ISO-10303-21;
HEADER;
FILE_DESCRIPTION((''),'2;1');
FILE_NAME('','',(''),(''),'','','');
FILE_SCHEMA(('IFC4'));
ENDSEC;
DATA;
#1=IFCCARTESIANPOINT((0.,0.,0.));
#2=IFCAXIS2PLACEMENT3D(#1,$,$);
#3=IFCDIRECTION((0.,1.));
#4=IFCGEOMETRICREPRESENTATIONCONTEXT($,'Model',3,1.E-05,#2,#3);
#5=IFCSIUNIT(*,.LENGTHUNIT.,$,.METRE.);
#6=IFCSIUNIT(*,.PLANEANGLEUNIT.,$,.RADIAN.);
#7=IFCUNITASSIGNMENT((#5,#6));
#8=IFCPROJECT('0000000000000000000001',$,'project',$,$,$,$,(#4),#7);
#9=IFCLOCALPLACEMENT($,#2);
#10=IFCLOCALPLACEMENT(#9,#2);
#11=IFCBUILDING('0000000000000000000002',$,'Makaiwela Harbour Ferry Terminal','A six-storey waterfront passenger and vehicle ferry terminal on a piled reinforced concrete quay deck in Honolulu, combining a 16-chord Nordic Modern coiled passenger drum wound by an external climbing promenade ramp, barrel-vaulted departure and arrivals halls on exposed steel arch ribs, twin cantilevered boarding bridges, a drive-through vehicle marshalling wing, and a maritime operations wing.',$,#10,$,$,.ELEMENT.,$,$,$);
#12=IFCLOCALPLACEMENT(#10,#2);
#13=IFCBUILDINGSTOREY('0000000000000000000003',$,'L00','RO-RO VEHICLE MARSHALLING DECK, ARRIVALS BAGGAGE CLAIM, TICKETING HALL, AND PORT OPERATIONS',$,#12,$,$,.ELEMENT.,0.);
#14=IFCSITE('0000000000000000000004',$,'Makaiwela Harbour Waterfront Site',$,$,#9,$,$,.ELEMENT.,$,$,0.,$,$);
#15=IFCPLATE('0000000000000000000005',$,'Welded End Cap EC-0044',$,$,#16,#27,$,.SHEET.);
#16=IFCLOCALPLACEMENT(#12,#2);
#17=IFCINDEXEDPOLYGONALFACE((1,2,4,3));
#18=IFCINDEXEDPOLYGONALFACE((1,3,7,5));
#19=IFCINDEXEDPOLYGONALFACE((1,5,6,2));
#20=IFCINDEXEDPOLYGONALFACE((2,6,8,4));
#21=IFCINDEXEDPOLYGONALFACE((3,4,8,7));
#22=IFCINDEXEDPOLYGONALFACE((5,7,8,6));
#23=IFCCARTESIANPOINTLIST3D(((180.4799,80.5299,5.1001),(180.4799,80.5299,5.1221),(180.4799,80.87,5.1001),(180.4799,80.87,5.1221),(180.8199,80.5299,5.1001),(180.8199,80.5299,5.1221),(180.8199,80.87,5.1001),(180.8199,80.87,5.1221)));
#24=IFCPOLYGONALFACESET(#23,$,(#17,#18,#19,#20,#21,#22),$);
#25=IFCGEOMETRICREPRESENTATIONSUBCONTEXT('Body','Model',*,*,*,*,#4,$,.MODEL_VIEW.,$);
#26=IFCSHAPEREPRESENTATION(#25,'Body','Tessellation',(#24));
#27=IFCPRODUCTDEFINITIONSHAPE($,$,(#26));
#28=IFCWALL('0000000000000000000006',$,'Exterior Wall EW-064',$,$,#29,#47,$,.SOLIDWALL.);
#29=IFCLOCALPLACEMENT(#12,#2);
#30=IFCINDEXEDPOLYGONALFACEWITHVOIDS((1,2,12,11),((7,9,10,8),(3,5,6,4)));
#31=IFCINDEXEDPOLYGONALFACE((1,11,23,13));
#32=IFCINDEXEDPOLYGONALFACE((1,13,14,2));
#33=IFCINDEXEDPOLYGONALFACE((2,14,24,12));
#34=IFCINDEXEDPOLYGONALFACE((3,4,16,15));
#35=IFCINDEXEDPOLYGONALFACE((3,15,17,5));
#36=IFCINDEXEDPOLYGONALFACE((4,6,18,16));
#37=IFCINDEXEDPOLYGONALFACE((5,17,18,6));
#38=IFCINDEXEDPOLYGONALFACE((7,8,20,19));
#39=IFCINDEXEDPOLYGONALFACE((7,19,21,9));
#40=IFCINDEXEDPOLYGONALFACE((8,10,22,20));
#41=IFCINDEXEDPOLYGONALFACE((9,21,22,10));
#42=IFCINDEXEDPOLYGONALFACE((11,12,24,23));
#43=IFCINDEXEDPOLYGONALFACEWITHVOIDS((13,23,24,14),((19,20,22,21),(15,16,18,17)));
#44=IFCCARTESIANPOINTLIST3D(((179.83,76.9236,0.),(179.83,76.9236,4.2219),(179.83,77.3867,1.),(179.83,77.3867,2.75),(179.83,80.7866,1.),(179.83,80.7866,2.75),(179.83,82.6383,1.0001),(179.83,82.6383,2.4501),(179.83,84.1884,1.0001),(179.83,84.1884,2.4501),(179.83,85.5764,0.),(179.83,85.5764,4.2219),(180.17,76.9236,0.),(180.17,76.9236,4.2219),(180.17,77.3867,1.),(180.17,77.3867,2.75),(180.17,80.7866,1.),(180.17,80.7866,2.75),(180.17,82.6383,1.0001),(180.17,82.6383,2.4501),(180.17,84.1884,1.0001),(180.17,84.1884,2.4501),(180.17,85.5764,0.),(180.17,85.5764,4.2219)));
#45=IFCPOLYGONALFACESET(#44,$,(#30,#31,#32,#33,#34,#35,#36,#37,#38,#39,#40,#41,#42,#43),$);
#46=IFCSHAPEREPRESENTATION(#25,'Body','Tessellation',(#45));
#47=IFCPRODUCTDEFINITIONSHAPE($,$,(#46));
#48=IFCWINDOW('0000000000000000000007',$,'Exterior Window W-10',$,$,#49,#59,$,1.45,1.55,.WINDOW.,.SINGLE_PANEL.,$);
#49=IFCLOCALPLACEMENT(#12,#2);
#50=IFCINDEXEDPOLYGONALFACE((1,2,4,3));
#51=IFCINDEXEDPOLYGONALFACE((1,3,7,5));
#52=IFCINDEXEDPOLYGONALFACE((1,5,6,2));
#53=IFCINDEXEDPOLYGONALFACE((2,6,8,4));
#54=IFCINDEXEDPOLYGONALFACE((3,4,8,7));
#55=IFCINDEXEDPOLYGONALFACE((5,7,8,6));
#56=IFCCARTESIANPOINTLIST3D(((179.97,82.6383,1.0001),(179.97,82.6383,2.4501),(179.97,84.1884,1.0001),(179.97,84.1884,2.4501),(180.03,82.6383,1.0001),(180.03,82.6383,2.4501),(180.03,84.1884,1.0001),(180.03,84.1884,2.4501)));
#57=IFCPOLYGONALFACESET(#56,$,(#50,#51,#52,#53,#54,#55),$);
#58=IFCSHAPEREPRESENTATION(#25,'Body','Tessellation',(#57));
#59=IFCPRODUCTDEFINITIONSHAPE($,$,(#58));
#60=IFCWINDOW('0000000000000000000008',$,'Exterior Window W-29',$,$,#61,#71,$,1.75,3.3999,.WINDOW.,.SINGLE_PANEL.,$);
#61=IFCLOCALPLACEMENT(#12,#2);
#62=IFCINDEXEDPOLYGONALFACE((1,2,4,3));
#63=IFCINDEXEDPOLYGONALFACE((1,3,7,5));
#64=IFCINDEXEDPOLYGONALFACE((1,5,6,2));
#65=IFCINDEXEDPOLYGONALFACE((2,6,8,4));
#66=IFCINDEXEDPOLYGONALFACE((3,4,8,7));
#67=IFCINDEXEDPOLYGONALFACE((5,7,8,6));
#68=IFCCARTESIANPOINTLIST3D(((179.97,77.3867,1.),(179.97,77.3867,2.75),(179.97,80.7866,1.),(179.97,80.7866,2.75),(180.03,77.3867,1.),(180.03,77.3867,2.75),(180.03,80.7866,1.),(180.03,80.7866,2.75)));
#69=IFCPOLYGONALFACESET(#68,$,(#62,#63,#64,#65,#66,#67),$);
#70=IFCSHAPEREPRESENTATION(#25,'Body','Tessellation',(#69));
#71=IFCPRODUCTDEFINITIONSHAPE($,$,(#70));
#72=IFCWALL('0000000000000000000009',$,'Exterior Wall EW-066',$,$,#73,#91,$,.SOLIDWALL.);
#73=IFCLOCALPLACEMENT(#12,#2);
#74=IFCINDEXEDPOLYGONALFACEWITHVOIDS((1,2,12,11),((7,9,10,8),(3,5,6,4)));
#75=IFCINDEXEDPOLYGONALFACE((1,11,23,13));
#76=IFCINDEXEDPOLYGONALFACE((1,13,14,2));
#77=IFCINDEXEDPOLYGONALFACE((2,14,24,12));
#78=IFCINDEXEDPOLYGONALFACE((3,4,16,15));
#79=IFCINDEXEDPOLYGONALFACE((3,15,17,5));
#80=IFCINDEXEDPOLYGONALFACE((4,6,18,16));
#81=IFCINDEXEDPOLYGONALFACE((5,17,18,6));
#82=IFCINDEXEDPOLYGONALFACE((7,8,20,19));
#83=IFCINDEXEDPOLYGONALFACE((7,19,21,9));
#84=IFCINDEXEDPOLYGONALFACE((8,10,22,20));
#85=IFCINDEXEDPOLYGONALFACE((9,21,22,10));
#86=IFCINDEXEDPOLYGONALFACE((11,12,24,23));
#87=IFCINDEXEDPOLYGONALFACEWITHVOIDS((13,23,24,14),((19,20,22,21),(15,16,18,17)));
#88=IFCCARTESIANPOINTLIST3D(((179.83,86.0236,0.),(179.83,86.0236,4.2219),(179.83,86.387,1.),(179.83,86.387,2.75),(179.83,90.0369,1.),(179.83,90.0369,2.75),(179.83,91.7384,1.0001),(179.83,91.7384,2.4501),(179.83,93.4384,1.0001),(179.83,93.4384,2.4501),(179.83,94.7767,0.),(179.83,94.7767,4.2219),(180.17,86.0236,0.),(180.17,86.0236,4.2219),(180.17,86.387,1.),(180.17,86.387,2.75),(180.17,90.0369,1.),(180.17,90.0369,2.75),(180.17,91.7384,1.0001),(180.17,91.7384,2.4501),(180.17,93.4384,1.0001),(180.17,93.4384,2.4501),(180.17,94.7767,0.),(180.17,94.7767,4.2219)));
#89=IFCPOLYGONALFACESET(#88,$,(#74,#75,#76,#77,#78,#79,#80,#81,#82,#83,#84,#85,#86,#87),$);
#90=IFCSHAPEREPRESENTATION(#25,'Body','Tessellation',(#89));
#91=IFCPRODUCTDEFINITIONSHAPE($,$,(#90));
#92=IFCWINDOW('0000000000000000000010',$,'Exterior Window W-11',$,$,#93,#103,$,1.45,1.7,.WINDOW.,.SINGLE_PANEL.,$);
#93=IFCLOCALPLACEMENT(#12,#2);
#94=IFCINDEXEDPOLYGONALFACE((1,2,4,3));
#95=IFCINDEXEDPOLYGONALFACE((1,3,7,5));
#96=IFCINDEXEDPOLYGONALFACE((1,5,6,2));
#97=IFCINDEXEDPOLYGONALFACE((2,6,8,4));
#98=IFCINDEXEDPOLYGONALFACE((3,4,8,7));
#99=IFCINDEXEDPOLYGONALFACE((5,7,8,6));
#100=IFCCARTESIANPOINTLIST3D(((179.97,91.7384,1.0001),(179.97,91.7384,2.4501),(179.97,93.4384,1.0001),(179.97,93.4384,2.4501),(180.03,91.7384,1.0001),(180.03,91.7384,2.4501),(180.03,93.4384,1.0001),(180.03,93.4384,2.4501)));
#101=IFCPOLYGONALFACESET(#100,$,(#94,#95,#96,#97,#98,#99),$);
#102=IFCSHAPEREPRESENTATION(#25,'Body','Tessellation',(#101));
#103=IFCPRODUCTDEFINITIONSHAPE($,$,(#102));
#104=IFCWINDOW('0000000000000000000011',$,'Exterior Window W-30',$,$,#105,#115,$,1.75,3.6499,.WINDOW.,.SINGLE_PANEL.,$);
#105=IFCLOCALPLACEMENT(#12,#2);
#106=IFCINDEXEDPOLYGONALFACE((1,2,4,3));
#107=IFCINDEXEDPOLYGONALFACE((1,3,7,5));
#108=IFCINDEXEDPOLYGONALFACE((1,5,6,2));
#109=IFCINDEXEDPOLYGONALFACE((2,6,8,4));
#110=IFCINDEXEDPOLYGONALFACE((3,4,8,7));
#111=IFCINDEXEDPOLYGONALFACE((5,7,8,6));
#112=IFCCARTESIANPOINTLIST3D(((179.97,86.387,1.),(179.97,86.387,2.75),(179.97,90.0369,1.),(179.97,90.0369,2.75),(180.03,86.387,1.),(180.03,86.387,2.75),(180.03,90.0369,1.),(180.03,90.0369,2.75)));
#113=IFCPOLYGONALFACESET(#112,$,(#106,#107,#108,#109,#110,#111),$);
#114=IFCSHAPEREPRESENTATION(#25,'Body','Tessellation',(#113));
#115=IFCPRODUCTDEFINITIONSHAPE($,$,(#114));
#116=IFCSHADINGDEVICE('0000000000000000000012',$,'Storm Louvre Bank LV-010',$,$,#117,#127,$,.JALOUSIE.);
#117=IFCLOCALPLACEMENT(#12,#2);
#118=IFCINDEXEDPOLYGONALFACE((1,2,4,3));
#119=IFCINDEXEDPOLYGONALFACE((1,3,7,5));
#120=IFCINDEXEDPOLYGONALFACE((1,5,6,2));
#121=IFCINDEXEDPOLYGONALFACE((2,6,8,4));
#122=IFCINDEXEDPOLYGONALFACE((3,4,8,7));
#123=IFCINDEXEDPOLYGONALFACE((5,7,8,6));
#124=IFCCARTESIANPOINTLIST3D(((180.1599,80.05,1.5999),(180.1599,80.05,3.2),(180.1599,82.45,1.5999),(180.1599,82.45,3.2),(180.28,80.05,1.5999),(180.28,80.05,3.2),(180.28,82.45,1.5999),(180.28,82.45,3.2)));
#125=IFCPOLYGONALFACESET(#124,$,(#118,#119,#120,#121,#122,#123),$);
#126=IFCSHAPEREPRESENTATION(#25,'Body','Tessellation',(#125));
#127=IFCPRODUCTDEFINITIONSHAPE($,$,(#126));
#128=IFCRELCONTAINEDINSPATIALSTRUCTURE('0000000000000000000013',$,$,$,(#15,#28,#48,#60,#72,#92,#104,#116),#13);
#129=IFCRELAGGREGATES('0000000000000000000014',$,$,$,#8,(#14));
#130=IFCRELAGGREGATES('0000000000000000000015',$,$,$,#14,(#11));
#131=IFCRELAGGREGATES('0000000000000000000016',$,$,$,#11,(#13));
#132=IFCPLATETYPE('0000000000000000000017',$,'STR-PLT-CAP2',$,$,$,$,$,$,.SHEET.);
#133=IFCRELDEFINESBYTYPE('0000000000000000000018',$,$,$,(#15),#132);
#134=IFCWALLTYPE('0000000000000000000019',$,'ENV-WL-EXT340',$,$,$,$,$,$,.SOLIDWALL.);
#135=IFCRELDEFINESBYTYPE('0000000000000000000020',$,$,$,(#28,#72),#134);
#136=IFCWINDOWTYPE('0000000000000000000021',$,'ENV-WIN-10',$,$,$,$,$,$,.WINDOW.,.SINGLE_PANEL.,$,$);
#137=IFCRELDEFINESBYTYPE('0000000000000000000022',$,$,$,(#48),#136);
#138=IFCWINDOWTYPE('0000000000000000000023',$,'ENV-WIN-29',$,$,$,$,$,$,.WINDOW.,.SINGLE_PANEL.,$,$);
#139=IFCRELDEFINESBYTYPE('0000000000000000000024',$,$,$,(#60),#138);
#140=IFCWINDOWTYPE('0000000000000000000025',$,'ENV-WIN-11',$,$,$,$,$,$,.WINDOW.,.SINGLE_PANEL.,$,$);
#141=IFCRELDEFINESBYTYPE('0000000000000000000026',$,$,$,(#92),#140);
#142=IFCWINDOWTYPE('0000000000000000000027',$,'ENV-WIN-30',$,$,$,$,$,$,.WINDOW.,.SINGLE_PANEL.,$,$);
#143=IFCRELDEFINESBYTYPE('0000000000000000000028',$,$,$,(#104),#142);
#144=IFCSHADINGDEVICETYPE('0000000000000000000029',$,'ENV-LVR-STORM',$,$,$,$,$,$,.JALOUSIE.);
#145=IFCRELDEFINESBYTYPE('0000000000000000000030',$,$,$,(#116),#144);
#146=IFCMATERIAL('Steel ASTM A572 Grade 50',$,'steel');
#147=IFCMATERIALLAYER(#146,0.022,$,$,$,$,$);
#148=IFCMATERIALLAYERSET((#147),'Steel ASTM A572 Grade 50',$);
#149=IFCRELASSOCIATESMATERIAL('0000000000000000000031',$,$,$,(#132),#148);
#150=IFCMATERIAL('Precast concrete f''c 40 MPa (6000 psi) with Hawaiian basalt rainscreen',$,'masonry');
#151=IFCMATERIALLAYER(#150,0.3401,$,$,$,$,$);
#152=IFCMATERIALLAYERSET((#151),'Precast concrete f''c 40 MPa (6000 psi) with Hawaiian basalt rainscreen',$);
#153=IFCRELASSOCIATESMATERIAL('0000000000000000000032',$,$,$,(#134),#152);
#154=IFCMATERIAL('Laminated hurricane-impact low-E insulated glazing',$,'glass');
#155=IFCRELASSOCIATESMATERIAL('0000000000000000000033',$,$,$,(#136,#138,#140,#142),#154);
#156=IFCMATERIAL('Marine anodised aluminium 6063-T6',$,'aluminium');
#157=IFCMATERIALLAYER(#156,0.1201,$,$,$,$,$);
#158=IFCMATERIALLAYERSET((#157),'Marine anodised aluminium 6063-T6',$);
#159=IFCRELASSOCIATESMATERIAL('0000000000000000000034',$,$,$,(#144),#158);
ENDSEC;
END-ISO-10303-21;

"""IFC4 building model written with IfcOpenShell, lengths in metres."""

from ifc_helpers import new_model, si_unit, direction, frame, frame_2d, origin, origin_2d, place, context, subcontext, project, spatial, rectangle, extrude, material, layer, layer_set, type_object, element, fill, save


model = new_model("IFC4")

# Units and contexts
model_context = context("Model", 3, precision=1e-05, world=origin(), true_north=direction((0.0, 1.0)))
body_context = subcontext(model_context, "Body", "Model", "MODEL_VIEW")
ifc_project = project(units=[si_unit("LENGTHUNIT", "METRE"), si_unit("PLANEANGLEUNIT", "RADIAN")], contexts=[model_context])

# Site, building, storey
site_placement = place(None, origin())
site = spatial("IfcSite", under=ifc_project, at=site_placement, Name="Makaiwela Harbour Waterfront Site", CompositionType="ELEMENT", RefElevation=0.0)
building_placement = place(site_placement, origin())
building = spatial("IfcBuilding", under=site, at=building_placement, Name="Makaiwela Harbour Ferry Terminal", Description="A six-storey waterfront passenger and vehicle ferry terminal on a piled reinforced concrete quay deck in Honolulu, combining a 16-chord Nordic Modern coiled passenger drum wound by an external climbing promenade ramp, barrel-vaulted departure and arrivals halls on exposed steel arch ribs, twin cantilevered boarding bridges, a drive-through vehicle marshalling wing, and a maritime operations wing.", CompositionType="ELEMENT")
storey_placement = place(building_placement, origin())
storey = spatial("IfcBuildingStorey", under=building, at=storey_placement, Name="L00", Description="RO-RO VEHICLE MARSHALLING DECK, ARRIVALS BAGGAGE CLAIM, TICKETING HALL, AND PORT OPERATIONS", CompositionType="ELEMENT", Elevation=0.0)

# Plate
ifc_material_1 = material(Name="Steel ASTM A572 Grade 50", Category="steel")
ifc_layer_1 = layer(ifc_material_1, 0.022)
ifc_layer_set_1 = layer_set([ifc_layer_1], Name="Steel ASTM A572 Grade 50")
plate_type = type_object("IfcPlateType", Name="STR-PLT-CAP2", PredefinedType="SHEET", material=ifc_layer_set_1)
plate_placement = place(storey_placement, frame((180.6499, 80.7, 5.1001), z_axis=(0.0, 0.0, 1.0), x_axis=(1.0, 0.0, 0.0)))
element("IfcPlate", 1, at=plate_placement, inside=storey, type_object=plate_type, Name="Welded End Cap EC-0044", PredefinedType="SHEET", context=body_context, shape_type="SweptSolid", body=[
    extrude(rectangle(XDim=0.3401, YDim=0.3401, at=origin_2d()), origin(), (0.0, 0.0, 1.0), 0.022),
])

# Walls, openings, windows
ifc_material_2 = material(Name="Precast concrete f'c 40 MPa (6000 psi) with Hawaiian basalt rainscreen", Category="masonry")
ifc_layer_2 = layer(ifc_material_2, 0.3401)
ifc_layer_set_2 = layer_set([ifc_layer_2], Name="Precast concrete f'c 40 MPa (6000 psi) with Hawaiian basalt rainscreen")
wall_type = type_object("IfcWallType", Name="ENV-WL-EXT340", PredefinedType="SOLIDWALL", material=ifc_layer_set_2)
wall_1_placement = place(storey_placement, frame((180.0, 85.5764, 0.0), z_axis=(0.0, 0.0, 1.0), x_axis=(0.0, -1.0, 0.0)))
wall_1 = element("IfcWall", 2, at=wall_1_placement, inside=storey, type_object=wall_type, Name="Exterior Wall EW-064", PredefinedType="SOLIDWALL", context=body_context, shape_type="SweptSolid", body=[
    extrude(rectangle(XDim=8.6528, YDim=0.3401, at=frame_2d((4.3264, 0.0))), origin(), (0.0, 0.0, 1.0), 4.2219),
])
opening_1_placement = place(wall_1_placement, frame((1.3882, 0.0, 1.0)))
opening_1 = element("IfcOpeningElement", 3, at=opening_1_placement, cuts=wall_1, PredefinedType="OPENING", context=body_context, shape_type="SweptSolid", body=[
    extrude(rectangle(XDim=1.55, YDim=1.45, at=frame_2d((0.7749, 0.7251))), frame((0.0, 0.1799, 0.0), z_axis=(0.0, -1.0, 0.0), x_axis=(1.0, 0.0, 0.0)), (0.0, 0.0, 1.0), 0.3601),
])
opening_2_placement = place(wall_1_placement, frame((4.7898, 0.0, 1.0)))
opening_2 = element("IfcOpeningElement", 4, at=opening_2_placement, cuts=wall_1, PredefinedType="OPENING", context=body_context, shape_type="SweptSolid", body=[
    extrude(rectangle(XDim=3.3999, YDim=1.75, at=frame_2d((1.7, 0.875))), frame((0.0, 0.1799, 0.0), z_axis=(0.0, -1.0, 0.0), x_axis=(1.0, 0.0, 0.0)), (0.0, 0.0, 1.0), 0.3601),
])
ifc_material_3 = material(Name="Laminated hurricane-impact low-E insulated glazing", Category="glass")
window_type_1 = type_object("IfcWindowType", Name="ENV-WIN-10", PartitioningType="SINGLE_PANEL", PredefinedType="WINDOW", material=ifc_material_3)
window_1_placement = place(opening_1_placement, origin())
window_1 = element("IfcWindow", 5, at=window_1_placement, inside=storey, type_object=window_type_1, Name="Exterior Window W-10", OverallHeight=1.45, OverallWidth=1.55, PartitioningType="SINGLE_PANEL", PredefinedType="WINDOW", context=body_context, shape_type="SweptSolid", body=[
    extrude(rectangle(XDim=1.55, YDim=1.45, at=frame_2d((0.7749, 0.7251))), frame((0.0, 0.03, 0.0), z_axis=(0.0, -1.0, 0.0), x_axis=(1.0, 0.0, 0.0)), (0.0, 0.0, 1.0), 0.0601),
])
fill(opening_1, window_1)
window_type_2 = type_object("IfcWindowType", Name="ENV-WIN-29", PartitioningType="SINGLE_PANEL", PredefinedType="WINDOW", material=ifc_material_3)
window_2_placement = place(opening_2_placement, origin())
window_2 = element("IfcWindow", 6, at=window_2_placement, inside=storey, type_object=window_type_2, Name="Exterior Window W-29", OverallHeight=1.75, OverallWidth=3.3999, PartitioningType="SINGLE_PANEL", PredefinedType="WINDOW", context=body_context, shape_type="SweptSolid", body=[
    extrude(rectangle(XDim=3.3999, YDim=1.75, at=frame_2d((1.7, 0.875))), frame((0.0, 0.03, 0.0), z_axis=(0.0, -1.0, 0.0), x_axis=(1.0, 0.0, 0.0)), (0.0, 0.0, 1.0), 0.0601),
])
fill(opening_2, window_2)
wall_2_placement = place(storey_placement, frame((180.0, 94.7766, 0.0), z_axis=(0.0, 0.0, 1.0), x_axis=(0.0, -1.0, 0.0)))
wall_2 = element("IfcWall", 7, at=wall_2_placement, inside=storey, type_object=wall_type, Name="Exterior Wall EW-066", PredefinedType="SOLIDWALL", context=body_context, shape_type="SweptSolid", body=[
    extrude(rectangle(XDim=8.7532, YDim=0.3401, at=frame_2d((4.3765, 0.0))), origin(), (0.0, 0.0, 1.0), 4.2219),
])
opening_3_placement = place(wall_2_placement, frame((1.3381, 0.0, 1.0)))
opening_3 = element("IfcOpeningElement", 8, at=opening_3_placement, cuts=wall_2, PredefinedType="OPENING", context=body_context, shape_type="SweptSolid", body=[
    extrude(rectangle(XDim=1.7, YDim=1.45, at=frame_2d((0.8501, 0.7251))), frame((0.0, 0.1799, 0.0), z_axis=(0.0, -1.0, 0.0), x_axis=(1.0, 0.0, 0.0)), (0.0, 0.0, 1.0), 0.3601),
])
opening_4_placement = place(wall_2_placement, frame((4.7397, 0.0, 1.0)))
opening_4 = element("IfcOpeningElement", 9, at=opening_4_placement, cuts=wall_2, PredefinedType="OPENING", context=body_context, shape_type="SweptSolid", body=[
    extrude(rectangle(XDim=3.6499, YDim=1.75, at=frame_2d((1.825, 0.875))), frame((0.0, 0.1799, 0.0), z_axis=(0.0, -1.0, 0.0), x_axis=(1.0, 0.0, 0.0)), (0.0, 0.0, 1.0), 0.3601),
])
window_type_3 = type_object("IfcWindowType", Name="ENV-WIN-11", PartitioningType="SINGLE_PANEL", PredefinedType="WINDOW", material=ifc_material_3)
window_3_placement = place(opening_3_placement, origin())
window_3 = element("IfcWindow", 10, at=window_3_placement, inside=storey, type_object=window_type_3, Name="Exterior Window W-11", OverallHeight=1.45, OverallWidth=1.7, PartitioningType="SINGLE_PANEL", PredefinedType="WINDOW", context=body_context, shape_type="SweptSolid", body=[
    extrude(rectangle(XDim=1.7, YDim=1.45, at=frame_2d((0.8501, 0.7251))), frame((0.0, 0.03, 0.0), z_axis=(0.0, -1.0, 0.0), x_axis=(1.0, 0.0, 0.0)), (0.0, 0.0, 1.0), 0.0601),
])
fill(opening_3, window_3)
window_type_4 = type_object("IfcWindowType", Name="ENV-WIN-30", PartitioningType="SINGLE_PANEL", PredefinedType="WINDOW", material=ifc_material_3)
window_4_placement = place(opening_4_placement, origin())
window_4 = element("IfcWindow", 11, at=window_4_placement, inside=storey, type_object=window_type_4, Name="Exterior Window W-30", OverallHeight=1.75, OverallWidth=3.6499, PartitioningType="SINGLE_PANEL", PredefinedType="WINDOW", context=body_context, shape_type="SweptSolid", body=[
    extrude(rectangle(XDim=3.6499, YDim=1.75, at=frame_2d((1.825, 0.875))), frame((0.0, 0.03, 0.0), z_axis=(0.0, -1.0, 0.0), x_axis=(1.0, 0.0, 0.0)), (0.0, 0.0, 1.0), 0.0601),
])
fill(opening_4, window_4)

# Shading device
ifc_material_4 = material(Name="Marine anodised aluminium 6063-T6", Category="aluminium")
ifc_layer_3 = layer(ifc_material_4, 0.1201)
ifc_layer_set_3 = layer_set([ifc_layer_3], Name="Marine anodised aluminium 6063-T6")
shading_device_type = type_object("IfcShadingDeviceType", Name="ENV-LVR-STORM", PredefinedType="JALOUSIE", material=ifc_layer_set_3)
shading_device_placement = place(storey_placement, frame((180.22, 81.25, 1.5999), z_axis=(0.0, 0.0, 1.0), x_axis=(0.0, -1.0, 0.0)))
element("IfcShadingDevice", 12, at=shading_device_placement, inside=storey, type_object=shading_device_type, Name="Storm Louvre Bank LV-010", PredefinedType="JALOUSIE", context=body_context, shape_type="SweptSolid", body=[
    extrude(rectangle(XDim=2.3999, YDim=0.1201, at=origin_2d()), origin(), (0.0, 0.0, 1.0), 1.6001),
])

save(model, "model.ifc")
